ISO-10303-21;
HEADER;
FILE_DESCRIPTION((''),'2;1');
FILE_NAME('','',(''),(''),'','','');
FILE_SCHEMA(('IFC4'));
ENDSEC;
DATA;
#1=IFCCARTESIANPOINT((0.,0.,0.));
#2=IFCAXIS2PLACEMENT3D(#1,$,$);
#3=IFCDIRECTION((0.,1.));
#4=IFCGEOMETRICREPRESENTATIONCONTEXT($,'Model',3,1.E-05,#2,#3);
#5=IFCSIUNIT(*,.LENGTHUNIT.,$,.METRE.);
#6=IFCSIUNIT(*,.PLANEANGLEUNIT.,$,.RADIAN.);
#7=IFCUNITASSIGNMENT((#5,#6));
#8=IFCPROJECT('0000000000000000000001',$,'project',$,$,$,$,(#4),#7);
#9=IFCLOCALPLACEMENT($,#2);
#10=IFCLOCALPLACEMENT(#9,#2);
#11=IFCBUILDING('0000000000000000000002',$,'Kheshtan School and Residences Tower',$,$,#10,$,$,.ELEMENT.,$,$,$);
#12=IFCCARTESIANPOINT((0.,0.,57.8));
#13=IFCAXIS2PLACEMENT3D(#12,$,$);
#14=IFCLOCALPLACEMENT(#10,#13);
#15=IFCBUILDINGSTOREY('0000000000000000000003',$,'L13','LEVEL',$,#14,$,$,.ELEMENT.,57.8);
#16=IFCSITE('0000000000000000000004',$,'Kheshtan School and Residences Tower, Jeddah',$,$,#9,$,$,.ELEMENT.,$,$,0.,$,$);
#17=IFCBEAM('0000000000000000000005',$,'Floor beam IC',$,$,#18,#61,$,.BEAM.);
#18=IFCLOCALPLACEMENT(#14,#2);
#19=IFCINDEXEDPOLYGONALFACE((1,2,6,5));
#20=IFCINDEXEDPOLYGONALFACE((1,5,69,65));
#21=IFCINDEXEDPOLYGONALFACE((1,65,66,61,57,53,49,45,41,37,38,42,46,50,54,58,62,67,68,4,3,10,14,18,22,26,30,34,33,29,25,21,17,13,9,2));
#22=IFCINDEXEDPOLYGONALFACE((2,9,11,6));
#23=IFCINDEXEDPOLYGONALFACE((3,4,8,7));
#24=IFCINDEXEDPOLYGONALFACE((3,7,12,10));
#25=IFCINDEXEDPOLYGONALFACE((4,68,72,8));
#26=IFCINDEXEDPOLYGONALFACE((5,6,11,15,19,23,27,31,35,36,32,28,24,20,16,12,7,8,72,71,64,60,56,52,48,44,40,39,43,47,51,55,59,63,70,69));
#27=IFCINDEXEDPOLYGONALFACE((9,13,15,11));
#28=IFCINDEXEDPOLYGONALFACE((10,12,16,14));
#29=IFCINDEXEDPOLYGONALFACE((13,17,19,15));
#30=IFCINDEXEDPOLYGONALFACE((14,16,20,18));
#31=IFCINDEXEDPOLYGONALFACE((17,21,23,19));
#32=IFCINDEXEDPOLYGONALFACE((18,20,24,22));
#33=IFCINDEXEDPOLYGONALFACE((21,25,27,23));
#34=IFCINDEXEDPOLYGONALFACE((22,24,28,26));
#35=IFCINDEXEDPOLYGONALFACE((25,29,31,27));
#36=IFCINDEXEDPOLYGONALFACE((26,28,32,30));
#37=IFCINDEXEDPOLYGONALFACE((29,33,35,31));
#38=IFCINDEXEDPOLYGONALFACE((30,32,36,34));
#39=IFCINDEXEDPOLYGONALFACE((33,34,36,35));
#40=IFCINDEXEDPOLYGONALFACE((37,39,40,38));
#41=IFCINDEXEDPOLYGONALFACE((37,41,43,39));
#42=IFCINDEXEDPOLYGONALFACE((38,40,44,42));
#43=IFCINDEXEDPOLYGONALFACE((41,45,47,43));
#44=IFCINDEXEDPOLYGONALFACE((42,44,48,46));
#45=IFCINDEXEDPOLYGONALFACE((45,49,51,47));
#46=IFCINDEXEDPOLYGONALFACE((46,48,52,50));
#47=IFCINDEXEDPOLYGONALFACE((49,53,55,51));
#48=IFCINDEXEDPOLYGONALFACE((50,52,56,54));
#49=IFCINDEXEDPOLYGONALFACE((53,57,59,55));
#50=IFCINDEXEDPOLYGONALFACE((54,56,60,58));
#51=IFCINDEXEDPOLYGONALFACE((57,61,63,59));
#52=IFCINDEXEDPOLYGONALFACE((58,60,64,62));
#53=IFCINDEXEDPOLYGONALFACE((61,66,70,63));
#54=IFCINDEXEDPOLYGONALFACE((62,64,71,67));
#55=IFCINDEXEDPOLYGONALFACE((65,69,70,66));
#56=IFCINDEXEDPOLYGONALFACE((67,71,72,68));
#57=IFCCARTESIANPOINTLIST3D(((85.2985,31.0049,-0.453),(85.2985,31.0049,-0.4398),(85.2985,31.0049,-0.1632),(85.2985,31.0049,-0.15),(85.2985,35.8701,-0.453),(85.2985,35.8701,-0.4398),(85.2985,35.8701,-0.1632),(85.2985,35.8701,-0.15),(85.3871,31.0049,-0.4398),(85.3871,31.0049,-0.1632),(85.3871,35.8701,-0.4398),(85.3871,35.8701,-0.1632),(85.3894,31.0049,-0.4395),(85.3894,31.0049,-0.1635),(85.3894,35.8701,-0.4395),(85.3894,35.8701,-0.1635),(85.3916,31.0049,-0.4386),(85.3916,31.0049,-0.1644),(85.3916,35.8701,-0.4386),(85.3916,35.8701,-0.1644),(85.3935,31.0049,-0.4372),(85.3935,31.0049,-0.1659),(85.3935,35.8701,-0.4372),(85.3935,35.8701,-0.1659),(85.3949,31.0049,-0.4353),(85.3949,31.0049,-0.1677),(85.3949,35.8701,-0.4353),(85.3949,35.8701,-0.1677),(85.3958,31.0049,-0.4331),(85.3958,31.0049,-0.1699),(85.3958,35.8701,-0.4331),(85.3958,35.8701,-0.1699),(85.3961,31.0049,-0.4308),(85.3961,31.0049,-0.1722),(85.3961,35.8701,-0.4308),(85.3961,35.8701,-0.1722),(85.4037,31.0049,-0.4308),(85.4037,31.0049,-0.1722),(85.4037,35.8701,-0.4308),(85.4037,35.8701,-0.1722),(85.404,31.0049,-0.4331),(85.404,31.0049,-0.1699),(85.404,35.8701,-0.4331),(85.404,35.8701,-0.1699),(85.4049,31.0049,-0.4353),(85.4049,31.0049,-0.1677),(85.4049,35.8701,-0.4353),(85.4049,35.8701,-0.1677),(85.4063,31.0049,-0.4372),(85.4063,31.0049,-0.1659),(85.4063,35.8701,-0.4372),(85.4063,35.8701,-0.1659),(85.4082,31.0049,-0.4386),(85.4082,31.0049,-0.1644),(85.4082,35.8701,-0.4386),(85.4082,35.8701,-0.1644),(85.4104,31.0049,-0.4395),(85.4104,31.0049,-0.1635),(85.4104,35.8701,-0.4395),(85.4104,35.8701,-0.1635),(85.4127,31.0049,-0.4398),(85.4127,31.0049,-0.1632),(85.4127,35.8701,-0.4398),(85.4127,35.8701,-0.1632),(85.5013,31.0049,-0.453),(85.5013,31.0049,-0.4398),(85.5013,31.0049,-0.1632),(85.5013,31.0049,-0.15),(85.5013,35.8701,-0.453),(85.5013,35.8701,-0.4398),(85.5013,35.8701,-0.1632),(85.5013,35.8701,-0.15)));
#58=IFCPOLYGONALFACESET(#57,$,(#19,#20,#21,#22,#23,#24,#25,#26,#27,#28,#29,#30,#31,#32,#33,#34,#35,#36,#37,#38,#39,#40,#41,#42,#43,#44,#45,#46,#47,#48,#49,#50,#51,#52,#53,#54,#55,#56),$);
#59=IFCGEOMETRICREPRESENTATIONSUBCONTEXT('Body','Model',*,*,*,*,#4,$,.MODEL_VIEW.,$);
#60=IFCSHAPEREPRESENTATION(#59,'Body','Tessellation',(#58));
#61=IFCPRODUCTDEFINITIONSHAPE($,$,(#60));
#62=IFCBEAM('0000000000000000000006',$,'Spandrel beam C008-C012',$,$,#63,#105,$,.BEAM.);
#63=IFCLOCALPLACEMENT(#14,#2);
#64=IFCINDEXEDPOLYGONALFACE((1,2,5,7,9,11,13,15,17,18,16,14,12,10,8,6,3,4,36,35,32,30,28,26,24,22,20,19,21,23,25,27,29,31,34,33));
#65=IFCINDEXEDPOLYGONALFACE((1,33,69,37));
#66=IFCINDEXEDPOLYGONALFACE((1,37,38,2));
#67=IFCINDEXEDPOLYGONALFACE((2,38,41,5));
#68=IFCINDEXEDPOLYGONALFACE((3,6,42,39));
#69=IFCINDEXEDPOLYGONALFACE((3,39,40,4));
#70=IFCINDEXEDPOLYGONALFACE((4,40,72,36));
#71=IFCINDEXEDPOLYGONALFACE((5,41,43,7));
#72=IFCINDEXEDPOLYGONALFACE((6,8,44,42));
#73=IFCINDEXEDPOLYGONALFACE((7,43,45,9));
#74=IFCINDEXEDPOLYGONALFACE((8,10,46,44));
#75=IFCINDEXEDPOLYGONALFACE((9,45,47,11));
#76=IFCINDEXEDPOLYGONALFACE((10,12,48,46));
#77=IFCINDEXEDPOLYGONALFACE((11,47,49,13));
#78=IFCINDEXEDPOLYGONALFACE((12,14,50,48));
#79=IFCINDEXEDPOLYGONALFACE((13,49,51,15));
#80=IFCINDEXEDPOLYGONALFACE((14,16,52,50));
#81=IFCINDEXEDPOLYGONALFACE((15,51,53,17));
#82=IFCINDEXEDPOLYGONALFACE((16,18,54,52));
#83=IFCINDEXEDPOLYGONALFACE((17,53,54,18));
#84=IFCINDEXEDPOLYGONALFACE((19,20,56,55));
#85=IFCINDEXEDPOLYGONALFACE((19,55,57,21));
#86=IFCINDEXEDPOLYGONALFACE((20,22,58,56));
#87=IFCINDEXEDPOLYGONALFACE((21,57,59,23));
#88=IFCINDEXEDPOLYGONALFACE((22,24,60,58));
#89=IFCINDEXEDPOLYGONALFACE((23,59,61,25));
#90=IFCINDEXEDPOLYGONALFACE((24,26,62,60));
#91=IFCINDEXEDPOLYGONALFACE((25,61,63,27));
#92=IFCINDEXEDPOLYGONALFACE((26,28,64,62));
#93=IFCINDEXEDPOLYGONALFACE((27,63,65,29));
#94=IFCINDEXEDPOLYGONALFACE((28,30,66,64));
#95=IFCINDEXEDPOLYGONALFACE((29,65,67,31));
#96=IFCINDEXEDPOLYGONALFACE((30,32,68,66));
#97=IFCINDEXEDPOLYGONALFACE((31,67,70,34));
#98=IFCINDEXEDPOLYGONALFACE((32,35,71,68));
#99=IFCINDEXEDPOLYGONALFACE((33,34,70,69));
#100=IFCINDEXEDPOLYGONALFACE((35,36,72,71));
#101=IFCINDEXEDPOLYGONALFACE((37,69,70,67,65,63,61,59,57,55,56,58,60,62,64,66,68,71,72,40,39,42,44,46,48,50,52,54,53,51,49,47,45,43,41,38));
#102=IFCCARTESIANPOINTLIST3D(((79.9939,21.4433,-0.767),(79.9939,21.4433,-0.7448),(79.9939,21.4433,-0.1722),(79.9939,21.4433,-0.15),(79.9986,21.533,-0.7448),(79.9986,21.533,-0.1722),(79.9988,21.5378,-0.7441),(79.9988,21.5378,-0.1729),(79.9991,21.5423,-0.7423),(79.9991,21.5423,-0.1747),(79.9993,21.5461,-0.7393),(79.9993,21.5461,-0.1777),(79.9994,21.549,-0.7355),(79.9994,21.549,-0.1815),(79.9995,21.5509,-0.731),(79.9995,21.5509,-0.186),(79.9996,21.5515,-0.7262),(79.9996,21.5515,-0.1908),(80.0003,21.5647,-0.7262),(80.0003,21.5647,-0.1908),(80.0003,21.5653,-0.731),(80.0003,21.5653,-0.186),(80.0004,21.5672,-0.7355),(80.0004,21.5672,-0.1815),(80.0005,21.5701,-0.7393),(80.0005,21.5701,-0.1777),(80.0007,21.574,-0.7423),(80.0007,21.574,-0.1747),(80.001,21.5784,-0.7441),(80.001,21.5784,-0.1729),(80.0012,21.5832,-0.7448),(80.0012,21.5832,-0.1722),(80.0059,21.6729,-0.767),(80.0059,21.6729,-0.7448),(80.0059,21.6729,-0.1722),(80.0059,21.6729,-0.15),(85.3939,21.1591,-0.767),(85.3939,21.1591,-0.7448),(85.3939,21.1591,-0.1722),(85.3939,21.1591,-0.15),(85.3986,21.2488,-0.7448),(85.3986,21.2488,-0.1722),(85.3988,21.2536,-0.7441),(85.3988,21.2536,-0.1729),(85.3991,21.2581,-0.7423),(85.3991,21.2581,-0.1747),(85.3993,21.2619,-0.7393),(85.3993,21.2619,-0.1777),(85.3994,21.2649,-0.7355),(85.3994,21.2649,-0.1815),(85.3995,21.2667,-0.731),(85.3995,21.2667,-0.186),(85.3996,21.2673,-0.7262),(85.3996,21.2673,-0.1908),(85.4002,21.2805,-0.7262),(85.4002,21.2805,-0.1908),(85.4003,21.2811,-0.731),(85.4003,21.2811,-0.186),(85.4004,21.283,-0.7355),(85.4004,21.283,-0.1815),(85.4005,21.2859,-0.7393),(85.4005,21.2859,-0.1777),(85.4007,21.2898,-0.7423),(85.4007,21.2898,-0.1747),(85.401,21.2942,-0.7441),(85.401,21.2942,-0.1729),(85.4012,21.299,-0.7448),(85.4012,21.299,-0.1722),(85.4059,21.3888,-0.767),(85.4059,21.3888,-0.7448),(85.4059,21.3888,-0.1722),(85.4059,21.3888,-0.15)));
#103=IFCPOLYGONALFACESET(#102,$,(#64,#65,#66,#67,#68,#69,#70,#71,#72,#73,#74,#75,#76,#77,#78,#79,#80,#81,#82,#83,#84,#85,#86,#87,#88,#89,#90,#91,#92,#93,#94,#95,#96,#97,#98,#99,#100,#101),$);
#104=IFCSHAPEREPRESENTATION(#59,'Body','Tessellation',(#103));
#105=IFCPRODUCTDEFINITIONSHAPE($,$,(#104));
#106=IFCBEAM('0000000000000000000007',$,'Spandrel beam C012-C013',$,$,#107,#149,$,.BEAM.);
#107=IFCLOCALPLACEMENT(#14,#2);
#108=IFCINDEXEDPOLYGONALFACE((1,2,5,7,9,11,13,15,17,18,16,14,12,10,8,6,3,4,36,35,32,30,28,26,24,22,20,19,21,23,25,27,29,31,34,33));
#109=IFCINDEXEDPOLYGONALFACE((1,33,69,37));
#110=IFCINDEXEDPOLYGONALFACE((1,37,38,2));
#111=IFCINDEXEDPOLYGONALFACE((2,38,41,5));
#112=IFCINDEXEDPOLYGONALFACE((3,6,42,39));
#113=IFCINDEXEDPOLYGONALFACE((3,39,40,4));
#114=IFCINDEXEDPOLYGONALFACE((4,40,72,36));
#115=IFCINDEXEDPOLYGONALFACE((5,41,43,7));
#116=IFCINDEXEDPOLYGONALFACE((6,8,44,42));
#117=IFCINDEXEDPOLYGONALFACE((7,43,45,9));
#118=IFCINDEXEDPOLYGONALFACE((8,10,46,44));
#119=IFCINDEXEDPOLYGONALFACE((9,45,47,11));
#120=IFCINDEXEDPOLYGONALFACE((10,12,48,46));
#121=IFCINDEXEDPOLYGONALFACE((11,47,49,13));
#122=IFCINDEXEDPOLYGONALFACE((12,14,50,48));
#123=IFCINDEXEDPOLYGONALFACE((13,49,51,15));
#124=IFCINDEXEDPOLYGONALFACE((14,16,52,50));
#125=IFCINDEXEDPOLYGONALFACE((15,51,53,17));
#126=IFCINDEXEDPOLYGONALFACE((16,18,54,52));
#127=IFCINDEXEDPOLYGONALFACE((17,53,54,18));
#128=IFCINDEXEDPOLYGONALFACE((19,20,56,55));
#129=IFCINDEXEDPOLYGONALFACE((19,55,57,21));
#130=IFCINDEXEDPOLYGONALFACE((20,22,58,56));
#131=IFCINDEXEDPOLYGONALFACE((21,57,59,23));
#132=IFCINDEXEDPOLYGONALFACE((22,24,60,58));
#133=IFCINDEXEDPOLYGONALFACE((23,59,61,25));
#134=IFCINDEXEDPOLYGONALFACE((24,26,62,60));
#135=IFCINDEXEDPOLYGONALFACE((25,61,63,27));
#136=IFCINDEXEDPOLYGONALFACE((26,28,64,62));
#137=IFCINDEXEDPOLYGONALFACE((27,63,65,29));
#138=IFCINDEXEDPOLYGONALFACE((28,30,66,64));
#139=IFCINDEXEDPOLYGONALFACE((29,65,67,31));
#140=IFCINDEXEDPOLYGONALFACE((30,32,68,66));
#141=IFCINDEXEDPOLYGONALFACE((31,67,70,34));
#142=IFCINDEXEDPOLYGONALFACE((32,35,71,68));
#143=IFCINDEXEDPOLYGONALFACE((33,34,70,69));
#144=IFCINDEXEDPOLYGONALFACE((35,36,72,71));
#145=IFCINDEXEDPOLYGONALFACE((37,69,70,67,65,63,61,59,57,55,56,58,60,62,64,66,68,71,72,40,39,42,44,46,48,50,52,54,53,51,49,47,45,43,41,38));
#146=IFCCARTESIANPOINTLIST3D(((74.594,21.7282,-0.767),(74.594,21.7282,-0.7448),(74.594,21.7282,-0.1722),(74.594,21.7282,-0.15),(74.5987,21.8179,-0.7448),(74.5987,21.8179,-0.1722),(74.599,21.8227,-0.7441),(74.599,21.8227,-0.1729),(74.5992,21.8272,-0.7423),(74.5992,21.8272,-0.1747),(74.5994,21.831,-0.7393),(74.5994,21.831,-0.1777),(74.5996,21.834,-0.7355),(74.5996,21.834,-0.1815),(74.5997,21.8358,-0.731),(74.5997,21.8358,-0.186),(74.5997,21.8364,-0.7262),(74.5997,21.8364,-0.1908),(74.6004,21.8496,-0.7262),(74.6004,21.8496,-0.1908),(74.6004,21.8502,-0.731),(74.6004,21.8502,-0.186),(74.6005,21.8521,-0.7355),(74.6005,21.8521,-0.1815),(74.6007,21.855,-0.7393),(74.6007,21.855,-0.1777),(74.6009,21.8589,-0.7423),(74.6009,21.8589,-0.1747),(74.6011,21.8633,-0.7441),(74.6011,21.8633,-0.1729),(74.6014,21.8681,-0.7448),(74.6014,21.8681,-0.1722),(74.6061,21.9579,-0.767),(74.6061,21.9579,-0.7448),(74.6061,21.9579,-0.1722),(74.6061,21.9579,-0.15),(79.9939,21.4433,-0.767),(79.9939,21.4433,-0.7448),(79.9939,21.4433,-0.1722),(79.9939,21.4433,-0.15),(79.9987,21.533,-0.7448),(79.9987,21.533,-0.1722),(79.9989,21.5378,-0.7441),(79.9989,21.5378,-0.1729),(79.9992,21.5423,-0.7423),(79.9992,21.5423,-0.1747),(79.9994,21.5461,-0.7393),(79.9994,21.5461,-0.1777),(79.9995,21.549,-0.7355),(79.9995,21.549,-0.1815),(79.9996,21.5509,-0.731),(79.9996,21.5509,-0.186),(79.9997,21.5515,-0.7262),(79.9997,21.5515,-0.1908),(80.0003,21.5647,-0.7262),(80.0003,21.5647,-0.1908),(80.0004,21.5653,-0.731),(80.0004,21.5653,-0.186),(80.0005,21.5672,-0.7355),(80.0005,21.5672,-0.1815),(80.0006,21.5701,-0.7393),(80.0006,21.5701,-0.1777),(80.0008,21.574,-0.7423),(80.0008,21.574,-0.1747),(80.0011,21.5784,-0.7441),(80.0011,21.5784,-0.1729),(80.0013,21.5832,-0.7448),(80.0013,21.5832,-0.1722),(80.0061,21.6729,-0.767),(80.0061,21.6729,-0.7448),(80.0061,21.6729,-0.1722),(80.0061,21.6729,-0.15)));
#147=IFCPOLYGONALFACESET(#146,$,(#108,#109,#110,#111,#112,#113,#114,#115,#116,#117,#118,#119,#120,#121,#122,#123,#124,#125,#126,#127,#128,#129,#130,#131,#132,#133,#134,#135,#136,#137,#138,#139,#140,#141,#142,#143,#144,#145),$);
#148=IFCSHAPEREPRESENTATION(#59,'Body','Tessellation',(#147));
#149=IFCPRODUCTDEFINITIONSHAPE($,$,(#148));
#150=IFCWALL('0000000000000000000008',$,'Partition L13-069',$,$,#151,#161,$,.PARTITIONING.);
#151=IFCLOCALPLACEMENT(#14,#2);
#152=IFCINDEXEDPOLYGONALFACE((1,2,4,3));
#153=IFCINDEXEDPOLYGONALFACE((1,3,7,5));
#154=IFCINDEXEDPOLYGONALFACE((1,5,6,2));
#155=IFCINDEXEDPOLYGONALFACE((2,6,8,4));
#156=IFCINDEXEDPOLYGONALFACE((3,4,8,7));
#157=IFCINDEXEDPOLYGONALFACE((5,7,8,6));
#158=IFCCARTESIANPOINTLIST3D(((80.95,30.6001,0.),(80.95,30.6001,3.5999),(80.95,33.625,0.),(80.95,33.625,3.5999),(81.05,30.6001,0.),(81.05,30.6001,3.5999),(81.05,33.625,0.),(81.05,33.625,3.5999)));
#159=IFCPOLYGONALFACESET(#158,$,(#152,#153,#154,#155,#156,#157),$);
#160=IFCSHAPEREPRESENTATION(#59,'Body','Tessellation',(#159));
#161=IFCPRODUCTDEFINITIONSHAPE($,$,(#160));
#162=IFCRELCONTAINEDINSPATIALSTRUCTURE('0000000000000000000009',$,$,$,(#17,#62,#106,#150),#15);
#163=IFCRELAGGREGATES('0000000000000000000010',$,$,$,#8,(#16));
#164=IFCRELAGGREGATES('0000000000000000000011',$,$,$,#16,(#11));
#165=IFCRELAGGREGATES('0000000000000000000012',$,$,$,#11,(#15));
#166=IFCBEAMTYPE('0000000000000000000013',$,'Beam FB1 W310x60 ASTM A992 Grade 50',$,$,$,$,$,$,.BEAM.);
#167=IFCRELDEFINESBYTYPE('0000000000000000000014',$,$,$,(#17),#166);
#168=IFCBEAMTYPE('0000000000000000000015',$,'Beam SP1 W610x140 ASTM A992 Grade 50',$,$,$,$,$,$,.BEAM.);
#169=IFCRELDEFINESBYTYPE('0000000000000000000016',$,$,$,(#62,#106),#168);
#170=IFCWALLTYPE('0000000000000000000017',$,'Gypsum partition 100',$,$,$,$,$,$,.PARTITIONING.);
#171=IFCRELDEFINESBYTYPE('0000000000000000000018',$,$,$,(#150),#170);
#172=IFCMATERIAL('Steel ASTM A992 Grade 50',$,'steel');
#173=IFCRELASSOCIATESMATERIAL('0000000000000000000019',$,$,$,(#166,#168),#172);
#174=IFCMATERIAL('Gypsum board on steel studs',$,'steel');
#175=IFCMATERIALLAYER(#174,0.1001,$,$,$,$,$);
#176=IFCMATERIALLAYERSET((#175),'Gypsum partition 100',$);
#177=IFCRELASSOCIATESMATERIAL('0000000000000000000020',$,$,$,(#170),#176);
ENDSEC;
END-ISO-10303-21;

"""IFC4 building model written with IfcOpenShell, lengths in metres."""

from ifc_helpers import new_model, si_unit, direction, frame, frame_2d, origin, origin_2d, place, context, subcontext, project, spatial, rectangle, i_section, extrude, material, layer, layer_set, material_profile, profile_set, type_object, element, save


model = new_model("IFC4")

# Units and contexts
model_context = context("Model", 3, precision=1e-05, world=origin(), true_north=direction((0.0, 1.0)))
body_context = subcontext(model_context, "Body", "Model", "MODEL_VIEW")
ifc_project = project(units=[si_unit("LENGTHUNIT", "METRE"), si_unit("PLANEANGLEUNIT", "RADIAN")], contexts=[model_context])

# Site, building, storey
site_placement = place(None, origin())
site = spatial("IfcSite", under=ifc_project, at=site_placement, Name="Kheshtan School and Residences Tower, Jeddah", CompositionType="ELEMENT", RefElevation=0.0)
building_placement = place(site_placement, origin())
building = spatial("IfcBuilding", under=site, at=building_placement, Name="Kheshtan School and Residences Tower", CompositionType="ELEMENT")
storey_placement = place(building_placement, frame((0.0, 0.0, 57.8)))
storey = spatial("IfcBuildingStorey", under=building, at=storey_placement, Name="L13", Description="LEVEL", CompositionType="ELEMENT", Elevation=57.8)

# Shared definitions
ifc_material_1 = material(Name="Steel ASTM A992 Grade 50", Category="steel")

# Beams
ifc_material_profile_1 = material_profile(ifc_material_1, i_section(OverallWidth=0.2029, OverallDepth=0.303, WebThickness=0.0076, FlangeThickness=0.0132, FilletRadius=0.009, at=origin_2d()), Name="W310x60")
ifc_profile_set_1 = profile_set([ifc_material_profile_1], Name="Steel ASTM A992 Grade 50")
beam_type_1 = type_object("IfcBeamType", Name="Beam FB1 W310x60 ASTM A992 Grade 50", PredefinedType="BEAM", material=ifc_profile_set_1)
beam_placement = place(storey_placement, frame((85.3999, 31.0049, -0.3015), z_axis=(0.0, 1.0, 0.0), x_axis=(-1.0, 0.0, 0.0)))
element("IfcBeam", 1, at=beam_placement, inside=storey, type_object=beam_type_1, Name="Floor beam IC", PredefinedType="BEAM", context=body_context, shape_type="SweptSolid", body=[
    extrude(i_section(OverallWidth=0.2029, OverallDepth=0.303, WebThickness=0.0076, FlangeThickness=0.0132, FilletRadius=0.009, at=origin_2d()), origin(), (0.0, 0.0, 1.0), 4.8652),
])
ifc_material_profile_2 = material_profile(ifc_material_1, i_section(OverallWidth=0.23, OverallDepth=0.6169, WebThickness=0.0132, FlangeThickness=0.0222, FilletRadius=0.0186, at=origin_2d()), Name="W610x140")
ifc_profile_set_2 = profile_set([ifc_material_profile_2], Name="Steel ASTM A992 Grade 50")
beam_type_2 = type_object("IfcBeamType", Name="Beam SP1 W610x140 ASTM A992 Grade 50", PredefinedType="BEAM", material=ifc_profile_set_2)
for number, where, z_axis, x_axis, name in (
    (2, (85.3999, 21.2739, -0.4585), (-0.998618, 0.052554, 0.0), (-0.052554, -0.998618, 0.0), "Spandrel beam C008-C012"),
    (3, (80.0, 21.5581, -0.4585), (-0.998611, 0.052689, 0.0), (-0.052689, -0.998611, 0.0), "Spandrel beam C012-C013"),
):
    element("IfcBeam", number, at=place(storey_placement, frame(where, z_axis=z_axis, x_axis=x_axis)), inside=storey, type_object=beam_type_2, Name=name, PredefinedType="BEAM", context=body_context, shape_type="SweptSolid", body=[
        extrude(i_section(OverallWidth=0.23, OverallDepth=0.6169, WebThickness=0.0132, FlangeThickness=0.0222, FilletRadius=0.0186, at=origin_2d()), origin(), (0.0, 0.0, 1.0), 5.4075),
    ])

# Wall
ifc_material_2 = material(Name="Gypsum board on steel studs", Category="steel")
ifc_layer_1 = layer(ifc_material_2, 0.1001)
ifc_layer_set_1 = layer_set([ifc_layer_1], Name="Gypsum partition 100")
wall_type_1 = type_object("IfcWallType", Name="Gypsum partition 100", PredefinedType="PARTITIONING", material=ifc_layer_set_1)
wall_1_placement = place(storey_placement, frame((81.0, 30.6001, 0.0), z_axis=(0.0, 0.0, 1.0), x_axis=(0.0, 1.0, 0.0)))
element("IfcWall", 4, at=wall_1_placement, inside=storey, type_object=wall_type_1, Name="Partition L13-069", PredefinedType="PARTITIONING", context=body_context, shape_type="SweptSolid", body=[
    extrude(rectangle(XDim=3.0249, YDim=0.1001, at=frame_2d((1.5125, 0.0))), origin(), (0.0, 0.0, 1.0), 3.5999),
])

save(model, "model.ifc")
